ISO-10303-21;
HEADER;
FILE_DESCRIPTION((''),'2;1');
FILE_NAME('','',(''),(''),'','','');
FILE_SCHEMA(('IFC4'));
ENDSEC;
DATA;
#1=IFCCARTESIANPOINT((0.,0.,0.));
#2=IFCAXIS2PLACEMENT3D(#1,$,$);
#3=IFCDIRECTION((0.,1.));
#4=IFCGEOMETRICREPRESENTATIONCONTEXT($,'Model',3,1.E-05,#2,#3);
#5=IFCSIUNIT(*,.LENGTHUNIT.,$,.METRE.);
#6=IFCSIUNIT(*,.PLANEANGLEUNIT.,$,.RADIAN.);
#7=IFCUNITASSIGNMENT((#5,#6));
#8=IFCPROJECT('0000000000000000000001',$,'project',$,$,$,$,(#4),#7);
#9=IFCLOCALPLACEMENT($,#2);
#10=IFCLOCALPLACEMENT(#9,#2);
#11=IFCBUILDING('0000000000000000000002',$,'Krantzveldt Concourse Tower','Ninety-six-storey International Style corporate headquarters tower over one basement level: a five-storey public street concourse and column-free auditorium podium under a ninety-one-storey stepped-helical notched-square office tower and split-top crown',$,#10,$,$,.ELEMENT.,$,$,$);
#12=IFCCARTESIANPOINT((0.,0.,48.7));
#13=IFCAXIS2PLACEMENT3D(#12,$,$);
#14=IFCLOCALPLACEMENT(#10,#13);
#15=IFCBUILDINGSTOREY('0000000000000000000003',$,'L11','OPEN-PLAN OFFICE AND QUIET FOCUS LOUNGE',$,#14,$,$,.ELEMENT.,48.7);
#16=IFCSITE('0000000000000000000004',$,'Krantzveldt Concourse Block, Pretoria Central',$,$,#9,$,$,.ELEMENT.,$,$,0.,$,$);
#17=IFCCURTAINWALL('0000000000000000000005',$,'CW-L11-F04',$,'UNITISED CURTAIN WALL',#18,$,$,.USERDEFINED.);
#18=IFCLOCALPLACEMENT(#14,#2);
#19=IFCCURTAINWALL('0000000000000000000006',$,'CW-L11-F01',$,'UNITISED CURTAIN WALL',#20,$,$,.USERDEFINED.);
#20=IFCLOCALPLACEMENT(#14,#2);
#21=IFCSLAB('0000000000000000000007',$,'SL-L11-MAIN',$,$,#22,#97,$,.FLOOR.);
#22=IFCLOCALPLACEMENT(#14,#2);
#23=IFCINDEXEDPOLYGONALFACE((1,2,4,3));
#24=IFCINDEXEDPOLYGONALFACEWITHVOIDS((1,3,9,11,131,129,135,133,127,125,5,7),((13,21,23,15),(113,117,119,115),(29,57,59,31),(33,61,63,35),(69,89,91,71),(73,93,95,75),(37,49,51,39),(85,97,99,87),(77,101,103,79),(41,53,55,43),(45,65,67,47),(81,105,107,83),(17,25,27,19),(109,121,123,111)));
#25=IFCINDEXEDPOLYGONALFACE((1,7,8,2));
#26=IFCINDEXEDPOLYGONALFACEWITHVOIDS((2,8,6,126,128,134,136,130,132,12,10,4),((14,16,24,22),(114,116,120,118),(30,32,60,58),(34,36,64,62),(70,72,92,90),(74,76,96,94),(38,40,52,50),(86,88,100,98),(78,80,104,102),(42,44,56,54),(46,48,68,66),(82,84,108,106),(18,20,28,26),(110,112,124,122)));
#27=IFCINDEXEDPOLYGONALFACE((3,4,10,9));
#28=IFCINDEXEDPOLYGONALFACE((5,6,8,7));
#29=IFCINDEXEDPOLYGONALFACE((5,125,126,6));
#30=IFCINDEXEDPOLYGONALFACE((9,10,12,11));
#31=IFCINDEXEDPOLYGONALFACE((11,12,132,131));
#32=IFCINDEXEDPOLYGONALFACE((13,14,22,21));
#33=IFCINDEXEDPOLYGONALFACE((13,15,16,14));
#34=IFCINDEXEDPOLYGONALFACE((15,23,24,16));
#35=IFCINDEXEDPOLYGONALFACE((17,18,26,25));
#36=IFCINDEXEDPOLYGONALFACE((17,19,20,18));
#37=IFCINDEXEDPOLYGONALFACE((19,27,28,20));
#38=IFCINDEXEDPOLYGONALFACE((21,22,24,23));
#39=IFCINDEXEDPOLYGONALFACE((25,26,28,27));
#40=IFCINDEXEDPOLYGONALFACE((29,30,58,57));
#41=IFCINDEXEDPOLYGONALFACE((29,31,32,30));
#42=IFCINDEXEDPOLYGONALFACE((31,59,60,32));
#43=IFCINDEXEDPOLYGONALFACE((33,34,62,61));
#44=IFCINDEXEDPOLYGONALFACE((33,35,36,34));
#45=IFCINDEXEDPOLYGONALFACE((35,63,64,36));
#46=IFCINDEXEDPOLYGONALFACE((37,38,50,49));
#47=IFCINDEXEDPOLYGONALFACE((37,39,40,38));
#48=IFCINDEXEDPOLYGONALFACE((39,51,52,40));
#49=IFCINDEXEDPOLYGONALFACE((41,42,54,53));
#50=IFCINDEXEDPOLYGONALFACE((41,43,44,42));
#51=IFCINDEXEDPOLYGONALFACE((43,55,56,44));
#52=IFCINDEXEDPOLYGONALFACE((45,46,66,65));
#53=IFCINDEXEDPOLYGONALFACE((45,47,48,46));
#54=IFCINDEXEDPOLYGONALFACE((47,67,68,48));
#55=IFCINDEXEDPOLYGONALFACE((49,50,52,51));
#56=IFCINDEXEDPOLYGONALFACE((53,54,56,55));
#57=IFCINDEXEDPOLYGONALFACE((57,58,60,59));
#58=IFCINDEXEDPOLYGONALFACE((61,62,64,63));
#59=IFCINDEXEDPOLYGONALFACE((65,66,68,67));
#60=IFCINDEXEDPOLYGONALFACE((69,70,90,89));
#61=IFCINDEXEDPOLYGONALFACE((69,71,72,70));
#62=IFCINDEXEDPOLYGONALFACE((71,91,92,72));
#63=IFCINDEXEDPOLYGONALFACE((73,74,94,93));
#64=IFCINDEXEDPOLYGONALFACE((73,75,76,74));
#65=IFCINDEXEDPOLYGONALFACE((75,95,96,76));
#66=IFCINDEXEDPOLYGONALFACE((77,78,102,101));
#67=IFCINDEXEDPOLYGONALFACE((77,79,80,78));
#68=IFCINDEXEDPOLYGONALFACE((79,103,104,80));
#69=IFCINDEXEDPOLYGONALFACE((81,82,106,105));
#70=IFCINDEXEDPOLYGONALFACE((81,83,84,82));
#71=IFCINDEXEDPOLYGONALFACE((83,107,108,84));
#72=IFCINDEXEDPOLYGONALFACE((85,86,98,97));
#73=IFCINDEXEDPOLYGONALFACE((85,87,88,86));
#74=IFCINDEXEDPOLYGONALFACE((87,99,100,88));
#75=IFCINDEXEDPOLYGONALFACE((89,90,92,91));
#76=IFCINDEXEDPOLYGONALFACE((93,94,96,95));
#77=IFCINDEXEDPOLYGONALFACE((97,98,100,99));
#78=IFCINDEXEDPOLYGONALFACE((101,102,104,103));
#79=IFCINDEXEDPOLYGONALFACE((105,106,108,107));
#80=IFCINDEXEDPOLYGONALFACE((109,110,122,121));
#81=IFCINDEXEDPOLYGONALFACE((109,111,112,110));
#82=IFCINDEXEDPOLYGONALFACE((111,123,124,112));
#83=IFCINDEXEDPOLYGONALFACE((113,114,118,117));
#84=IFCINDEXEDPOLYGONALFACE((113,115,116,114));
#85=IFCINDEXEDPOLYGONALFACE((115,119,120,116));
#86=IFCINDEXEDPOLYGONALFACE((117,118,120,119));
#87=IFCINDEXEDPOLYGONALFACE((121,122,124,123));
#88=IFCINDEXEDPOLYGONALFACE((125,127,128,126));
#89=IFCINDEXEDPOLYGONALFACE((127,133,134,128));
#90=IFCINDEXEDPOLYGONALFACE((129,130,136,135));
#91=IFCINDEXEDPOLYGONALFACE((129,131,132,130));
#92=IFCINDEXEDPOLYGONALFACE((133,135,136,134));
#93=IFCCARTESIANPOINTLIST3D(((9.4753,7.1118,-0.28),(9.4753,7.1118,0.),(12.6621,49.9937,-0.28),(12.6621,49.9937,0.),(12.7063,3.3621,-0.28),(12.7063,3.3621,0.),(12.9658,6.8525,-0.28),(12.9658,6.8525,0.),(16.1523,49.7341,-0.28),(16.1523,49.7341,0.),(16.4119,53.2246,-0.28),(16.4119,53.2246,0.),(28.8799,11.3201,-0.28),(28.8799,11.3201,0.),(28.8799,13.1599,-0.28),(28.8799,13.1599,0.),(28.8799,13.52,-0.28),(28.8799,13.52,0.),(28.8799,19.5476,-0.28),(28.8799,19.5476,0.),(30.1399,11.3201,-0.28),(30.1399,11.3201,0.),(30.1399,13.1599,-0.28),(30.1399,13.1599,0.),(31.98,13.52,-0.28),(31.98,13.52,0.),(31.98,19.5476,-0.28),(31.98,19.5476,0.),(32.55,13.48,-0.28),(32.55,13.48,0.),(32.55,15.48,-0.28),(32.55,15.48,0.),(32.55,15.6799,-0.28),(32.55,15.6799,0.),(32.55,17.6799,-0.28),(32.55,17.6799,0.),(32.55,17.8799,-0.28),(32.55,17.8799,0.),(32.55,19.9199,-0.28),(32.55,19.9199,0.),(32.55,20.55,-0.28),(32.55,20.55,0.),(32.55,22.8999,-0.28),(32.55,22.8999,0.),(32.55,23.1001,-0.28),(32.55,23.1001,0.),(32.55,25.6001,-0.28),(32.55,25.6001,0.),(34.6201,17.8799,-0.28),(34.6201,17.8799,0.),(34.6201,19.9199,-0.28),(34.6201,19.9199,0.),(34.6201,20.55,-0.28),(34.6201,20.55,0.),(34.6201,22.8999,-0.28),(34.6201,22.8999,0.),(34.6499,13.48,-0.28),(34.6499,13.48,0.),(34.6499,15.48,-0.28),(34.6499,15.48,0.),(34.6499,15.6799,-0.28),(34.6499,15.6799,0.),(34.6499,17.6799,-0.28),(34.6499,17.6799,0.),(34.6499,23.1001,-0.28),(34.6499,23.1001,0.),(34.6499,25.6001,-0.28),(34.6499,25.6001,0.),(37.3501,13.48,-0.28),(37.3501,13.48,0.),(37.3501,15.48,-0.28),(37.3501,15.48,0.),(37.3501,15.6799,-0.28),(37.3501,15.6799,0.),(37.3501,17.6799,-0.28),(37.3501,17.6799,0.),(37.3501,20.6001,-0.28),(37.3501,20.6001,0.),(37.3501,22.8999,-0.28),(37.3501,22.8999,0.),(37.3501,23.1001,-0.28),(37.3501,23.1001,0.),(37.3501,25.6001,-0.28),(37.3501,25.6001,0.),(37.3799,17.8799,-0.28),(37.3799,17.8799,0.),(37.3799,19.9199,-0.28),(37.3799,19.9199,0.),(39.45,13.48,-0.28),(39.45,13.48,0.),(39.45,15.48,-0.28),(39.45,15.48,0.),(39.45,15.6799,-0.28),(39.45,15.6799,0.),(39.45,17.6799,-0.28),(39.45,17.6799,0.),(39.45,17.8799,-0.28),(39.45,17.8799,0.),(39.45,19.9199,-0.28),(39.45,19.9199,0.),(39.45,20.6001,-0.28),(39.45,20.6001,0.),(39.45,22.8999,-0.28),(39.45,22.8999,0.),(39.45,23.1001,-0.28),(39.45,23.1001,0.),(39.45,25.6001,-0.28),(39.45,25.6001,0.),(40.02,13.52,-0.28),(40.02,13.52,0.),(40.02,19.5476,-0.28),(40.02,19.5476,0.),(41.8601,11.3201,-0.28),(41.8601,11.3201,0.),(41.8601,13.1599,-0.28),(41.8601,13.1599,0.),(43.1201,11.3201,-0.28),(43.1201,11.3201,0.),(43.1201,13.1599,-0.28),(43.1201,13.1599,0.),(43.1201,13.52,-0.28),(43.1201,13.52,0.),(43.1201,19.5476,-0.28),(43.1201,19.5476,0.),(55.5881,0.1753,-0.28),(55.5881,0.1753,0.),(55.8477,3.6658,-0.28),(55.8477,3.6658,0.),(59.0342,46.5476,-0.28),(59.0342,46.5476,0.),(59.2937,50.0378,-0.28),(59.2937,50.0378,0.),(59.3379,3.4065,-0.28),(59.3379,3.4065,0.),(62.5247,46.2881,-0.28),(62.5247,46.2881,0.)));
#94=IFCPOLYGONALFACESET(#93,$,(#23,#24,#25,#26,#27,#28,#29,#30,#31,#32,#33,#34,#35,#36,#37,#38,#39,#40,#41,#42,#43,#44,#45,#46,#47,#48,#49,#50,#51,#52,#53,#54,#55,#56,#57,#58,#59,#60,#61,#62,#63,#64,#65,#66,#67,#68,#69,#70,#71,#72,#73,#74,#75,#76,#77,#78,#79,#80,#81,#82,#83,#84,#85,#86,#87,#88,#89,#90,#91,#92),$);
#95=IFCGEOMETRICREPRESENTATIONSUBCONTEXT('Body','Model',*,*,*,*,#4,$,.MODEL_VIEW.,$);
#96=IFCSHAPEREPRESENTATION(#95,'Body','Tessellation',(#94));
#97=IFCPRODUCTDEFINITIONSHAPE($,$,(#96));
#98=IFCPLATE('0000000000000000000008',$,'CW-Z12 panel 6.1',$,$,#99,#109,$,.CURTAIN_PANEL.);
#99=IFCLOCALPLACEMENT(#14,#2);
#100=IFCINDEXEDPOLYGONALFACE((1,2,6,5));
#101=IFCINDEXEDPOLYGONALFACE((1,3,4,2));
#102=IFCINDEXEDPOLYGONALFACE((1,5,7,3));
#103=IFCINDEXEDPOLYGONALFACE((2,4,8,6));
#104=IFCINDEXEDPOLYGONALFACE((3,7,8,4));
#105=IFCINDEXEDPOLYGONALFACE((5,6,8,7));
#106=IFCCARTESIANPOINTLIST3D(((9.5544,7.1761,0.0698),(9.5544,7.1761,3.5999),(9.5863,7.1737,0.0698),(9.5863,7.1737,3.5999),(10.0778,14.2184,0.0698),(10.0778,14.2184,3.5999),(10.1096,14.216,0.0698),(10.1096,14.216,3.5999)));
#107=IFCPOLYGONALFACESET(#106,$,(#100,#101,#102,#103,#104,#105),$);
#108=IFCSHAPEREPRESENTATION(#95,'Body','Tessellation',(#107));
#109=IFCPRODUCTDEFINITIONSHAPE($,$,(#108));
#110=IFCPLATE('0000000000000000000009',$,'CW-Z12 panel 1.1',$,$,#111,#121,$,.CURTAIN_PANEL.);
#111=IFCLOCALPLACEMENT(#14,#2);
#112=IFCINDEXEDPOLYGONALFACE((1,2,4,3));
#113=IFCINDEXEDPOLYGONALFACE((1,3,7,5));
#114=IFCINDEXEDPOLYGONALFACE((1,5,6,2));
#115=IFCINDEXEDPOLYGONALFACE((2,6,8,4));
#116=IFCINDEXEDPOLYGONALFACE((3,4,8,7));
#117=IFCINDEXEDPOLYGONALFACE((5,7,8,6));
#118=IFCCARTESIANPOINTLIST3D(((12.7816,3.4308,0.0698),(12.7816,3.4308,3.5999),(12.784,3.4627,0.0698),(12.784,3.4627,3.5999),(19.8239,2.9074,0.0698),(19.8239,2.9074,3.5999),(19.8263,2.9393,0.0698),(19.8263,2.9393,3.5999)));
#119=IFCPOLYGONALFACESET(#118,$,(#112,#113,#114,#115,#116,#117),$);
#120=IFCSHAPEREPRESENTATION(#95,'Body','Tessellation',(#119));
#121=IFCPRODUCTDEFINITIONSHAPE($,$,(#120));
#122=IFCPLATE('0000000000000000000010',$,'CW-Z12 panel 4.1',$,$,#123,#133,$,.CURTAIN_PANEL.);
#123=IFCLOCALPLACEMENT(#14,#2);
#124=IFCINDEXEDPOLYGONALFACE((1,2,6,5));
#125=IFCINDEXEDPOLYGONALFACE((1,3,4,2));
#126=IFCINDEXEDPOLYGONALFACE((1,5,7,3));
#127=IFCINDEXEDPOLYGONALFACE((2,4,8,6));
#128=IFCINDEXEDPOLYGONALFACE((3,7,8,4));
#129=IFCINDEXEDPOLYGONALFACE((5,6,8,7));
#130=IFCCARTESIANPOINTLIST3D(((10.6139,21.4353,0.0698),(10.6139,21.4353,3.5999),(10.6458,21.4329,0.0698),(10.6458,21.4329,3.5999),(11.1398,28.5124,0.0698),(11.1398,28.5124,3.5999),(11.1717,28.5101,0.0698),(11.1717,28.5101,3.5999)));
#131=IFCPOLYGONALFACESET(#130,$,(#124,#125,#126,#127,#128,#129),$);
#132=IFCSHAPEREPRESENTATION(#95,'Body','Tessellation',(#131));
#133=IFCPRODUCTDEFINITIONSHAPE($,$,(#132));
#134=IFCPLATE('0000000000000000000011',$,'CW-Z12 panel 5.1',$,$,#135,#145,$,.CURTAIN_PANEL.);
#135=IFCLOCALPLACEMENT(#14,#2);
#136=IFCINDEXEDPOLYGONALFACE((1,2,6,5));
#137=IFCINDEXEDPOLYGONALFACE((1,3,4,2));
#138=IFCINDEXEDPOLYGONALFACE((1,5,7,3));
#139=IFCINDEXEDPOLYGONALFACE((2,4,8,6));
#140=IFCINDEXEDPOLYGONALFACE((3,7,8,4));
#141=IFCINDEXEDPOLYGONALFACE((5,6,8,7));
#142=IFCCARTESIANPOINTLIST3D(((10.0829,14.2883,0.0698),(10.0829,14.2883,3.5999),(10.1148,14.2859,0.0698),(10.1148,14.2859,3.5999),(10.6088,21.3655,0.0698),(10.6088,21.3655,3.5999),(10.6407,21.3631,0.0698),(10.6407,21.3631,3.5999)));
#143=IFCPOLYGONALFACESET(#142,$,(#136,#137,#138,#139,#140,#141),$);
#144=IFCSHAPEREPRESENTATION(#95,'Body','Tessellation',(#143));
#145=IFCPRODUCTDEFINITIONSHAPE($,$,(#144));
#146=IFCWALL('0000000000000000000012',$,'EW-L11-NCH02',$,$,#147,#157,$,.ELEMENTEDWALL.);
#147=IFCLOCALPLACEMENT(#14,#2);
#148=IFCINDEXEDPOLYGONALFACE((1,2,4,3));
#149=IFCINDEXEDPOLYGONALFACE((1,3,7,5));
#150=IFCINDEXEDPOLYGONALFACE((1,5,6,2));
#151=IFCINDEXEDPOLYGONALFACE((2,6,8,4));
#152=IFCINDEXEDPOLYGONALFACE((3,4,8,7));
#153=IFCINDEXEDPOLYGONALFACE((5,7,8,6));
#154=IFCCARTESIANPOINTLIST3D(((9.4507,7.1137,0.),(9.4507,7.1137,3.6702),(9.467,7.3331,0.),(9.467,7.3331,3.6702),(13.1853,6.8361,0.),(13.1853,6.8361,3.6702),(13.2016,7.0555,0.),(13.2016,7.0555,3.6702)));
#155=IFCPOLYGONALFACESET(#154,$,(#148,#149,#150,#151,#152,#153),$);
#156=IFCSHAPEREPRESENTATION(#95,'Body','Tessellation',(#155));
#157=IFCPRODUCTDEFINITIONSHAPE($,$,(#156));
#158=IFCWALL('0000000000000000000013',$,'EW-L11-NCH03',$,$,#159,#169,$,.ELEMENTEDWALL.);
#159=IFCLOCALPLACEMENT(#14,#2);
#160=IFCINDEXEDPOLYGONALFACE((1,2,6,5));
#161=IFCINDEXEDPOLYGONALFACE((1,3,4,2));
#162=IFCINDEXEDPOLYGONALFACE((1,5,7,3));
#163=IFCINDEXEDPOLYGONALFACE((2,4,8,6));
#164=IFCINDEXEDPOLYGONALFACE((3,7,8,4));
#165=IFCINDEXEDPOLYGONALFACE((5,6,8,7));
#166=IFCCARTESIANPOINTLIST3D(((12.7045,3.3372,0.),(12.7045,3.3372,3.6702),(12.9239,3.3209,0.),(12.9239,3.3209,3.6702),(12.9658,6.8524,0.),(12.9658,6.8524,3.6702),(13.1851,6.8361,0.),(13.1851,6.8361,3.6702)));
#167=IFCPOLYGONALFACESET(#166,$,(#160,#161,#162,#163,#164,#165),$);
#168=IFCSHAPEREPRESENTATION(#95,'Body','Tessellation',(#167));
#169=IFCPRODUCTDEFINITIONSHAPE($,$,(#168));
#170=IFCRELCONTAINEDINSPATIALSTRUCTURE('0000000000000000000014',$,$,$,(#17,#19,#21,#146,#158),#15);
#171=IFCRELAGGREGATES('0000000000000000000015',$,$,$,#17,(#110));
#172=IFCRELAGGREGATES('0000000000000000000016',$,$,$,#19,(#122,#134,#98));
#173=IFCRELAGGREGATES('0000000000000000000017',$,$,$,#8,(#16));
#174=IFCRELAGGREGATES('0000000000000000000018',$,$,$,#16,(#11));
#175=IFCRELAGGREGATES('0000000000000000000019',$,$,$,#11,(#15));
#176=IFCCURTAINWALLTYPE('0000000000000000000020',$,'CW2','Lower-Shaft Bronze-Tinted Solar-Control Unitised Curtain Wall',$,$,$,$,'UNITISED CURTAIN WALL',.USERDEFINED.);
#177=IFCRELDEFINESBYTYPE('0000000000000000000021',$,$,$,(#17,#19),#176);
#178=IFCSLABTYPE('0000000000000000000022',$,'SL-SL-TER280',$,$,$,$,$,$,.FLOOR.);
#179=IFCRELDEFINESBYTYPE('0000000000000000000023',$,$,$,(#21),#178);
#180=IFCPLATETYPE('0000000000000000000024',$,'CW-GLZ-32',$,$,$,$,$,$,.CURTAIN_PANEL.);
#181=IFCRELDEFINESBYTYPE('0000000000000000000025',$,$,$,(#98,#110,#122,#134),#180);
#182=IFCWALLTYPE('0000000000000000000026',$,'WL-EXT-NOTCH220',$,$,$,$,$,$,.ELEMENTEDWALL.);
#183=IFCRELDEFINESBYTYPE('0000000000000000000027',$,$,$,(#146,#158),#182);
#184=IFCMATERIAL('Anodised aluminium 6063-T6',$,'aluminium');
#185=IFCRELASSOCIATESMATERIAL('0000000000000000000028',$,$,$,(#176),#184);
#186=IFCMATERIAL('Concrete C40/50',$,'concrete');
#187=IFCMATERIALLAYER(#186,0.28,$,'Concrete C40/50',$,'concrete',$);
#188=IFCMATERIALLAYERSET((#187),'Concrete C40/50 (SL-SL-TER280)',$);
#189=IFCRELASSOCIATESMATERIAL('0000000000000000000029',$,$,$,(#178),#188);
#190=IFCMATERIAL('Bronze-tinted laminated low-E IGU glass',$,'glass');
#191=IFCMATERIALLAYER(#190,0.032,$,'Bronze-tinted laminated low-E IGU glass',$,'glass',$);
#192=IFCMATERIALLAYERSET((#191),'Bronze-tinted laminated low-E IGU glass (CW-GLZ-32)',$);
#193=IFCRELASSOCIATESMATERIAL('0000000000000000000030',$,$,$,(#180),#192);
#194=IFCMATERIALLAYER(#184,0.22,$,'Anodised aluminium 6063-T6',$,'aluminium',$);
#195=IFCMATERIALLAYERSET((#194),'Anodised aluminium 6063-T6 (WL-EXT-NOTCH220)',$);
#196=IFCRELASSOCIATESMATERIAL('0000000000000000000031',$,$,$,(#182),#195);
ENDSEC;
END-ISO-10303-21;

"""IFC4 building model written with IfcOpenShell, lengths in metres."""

from ifc_helpers import new_model, si_unit, direction, frame, frame_2d, origin, origin_2d, place, context, subcontext, project, spatial, polyline, rectangle, outline, extrude, source, transform, mapped, material, layer, layer_set, type_object, type_shapes, element, aggregate, save


model = new_model("IFC4")

# Units and contexts
model_context = context("Model", 3, precision=1e-05, world=origin(), true_north=direction((0.0, 1.0)))
body_context = subcontext(model_context, "Body", "Model", "MODEL_VIEW")
ifc_project = project(units=[si_unit("LENGTHUNIT", "METRE"), si_unit("PLANEANGLEUNIT", "RADIAN")], contexts=[model_context])

# Site, building, storey
site_placement = place(None, origin())
site = spatial("IfcSite", under=ifc_project, at=site_placement, Name="Krantzveldt Concourse Block, Pretoria Central", CompositionType="ELEMENT", RefElevation=0.0)
building_placement = place(site_placement, origin())
building = spatial("IfcBuilding", under=site, at=building_placement, Name="Krantzveldt Concourse Tower", Description="Ninety-six-storey International Style corporate headquarters tower over one basement level: a five-storey public street concourse and column-free auditorium podium under a ninety-one-storey stepped-helical notched-square office tower and split-top crown", CompositionType="ELEMENT")
storey_placement = place(building_placement, frame((0.0, 0.0, 48.7)))
storey = spatial("IfcBuildingStorey", under=building, at=storey_placement, Name="L11", Description="OPEN-PLAN OFFICE AND QUIET FOCUS LOUNGE", CompositionType="ELEMENT", Elevation=48.7)

# Curtain walls
ifc_material_1 = material(Name="Anodised aluminium 6063-T6", Category="aluminium")
curtain_wall_type = type_object("IfcCurtainWallType", Name="CW2", Description="Lower-Shaft Bronze-Tinted Solar-Control Unitised Curtain Wall", ElementType="UNITISED CURTAIN WALL", PredefinedType="USERDEFINED", material=ifc_material_1)
curtain_wall_1_placement = place(storey_placement, origin())
curtain_wall_1 = element("IfcCurtainWall", 1, at=curtain_wall_1_placement, inside=storey, type_object=curtain_wall_type, Name="CW-L11-F04", ObjectType="UNITISED CURTAIN WALL", PredefinedType="USERDEFINED")
curtain_wall_2_placement = place(storey_placement, origin())
curtain_wall_2 = element("IfcCurtainWall", 2, at=curtain_wall_2_placement, inside=storey, type_object=curtain_wall_type, Name="CW-L11-F01", ObjectType="UNITISED CURTAIN WALL", PredefinedType="USERDEFINED")

# Slab
ifc_material_2 = material(Name="Concrete C40/50", Category="concrete")
ifc_layer_1 = layer(ifc_material_2, 0.28, Name="Concrete C40/50", Category="concrete")
ifc_layer_set_1 = layer_set([ifc_layer_1], Name="Concrete C40/50 (SL-SL-TER280)")
slab_type_1 = type_object("IfcSlabType", Name="SL-SL-TER280", PredefinedType="FLOOR", material=ifc_layer_set_1)
slab_1_placement = place(storey_placement, frame((0.0, 0.0, -0.28)))
element("IfcSlab", 3, at=slab_1_placement, inside=storey, type_object=slab_type_1, Name="SL-L11-MAIN", PredefinedType="FLOOR", context=body_context, shape_type="SweptSolid", body=[
    extrude(outline(polyline([(16.1523, 49.7341), (12.6621, 49.9937), (9.4753, 7.1118), (12.9658, 6.8525), (12.7063, 3.3621), (55.5881, 0.1753), (55.8477, 3.6658), (59.3379, 3.4065), (62.5247, 46.2881), (59.0342, 46.5476), (59.2937, 50.0378), (16.4119, 53.2246), (16.1523, 49.7341)]), holes=[polyline([(28.8799, 19.5476), (28.8799, 13.52), (31.98, 13.52), (31.98, 19.5476), (28.8799, 19.5476)]), polyline([(40.02, 19.5476), (40.02, 13.52), (43.1201, 13.52), (43.1201, 19.5476), (40.02, 19.5476)]), polyline([(32.55, 23.1001), (34.6499, 23.1001), (34.6499, 25.6001), (32.55, 25.6001), (32.55, 23.1001)]), polyline([(37.3501, 23.1001), (39.45, 23.1001), (39.45, 25.6001), (37.3501, 25.6001), (37.3501, 23.1001)]), polyline([(37.3501, 20.6001), (39.45, 20.6001), (39.45, 22.8999), (37.3501, 22.8999), (37.3501, 20.6001)]), polyline([(32.55, 13.48), (34.6499, 13.48), (34.6499, 15.48), (32.55, 15.48), (32.55, 13.48)]), polyline([(32.55, 15.6799), (34.6499, 15.6799), (34.6499, 17.6799), (32.55, 17.6799), (32.55, 15.6799)]), polyline([(37.3501, 13.48), (39.45, 13.48), (39.45, 15.48), (37.3501, 15.48), (37.3501, 13.48)]), polyline([(37.3501, 15.6799), (39.45, 15.6799), (39.45, 17.6799), (37.3501, 17.6799), (37.3501, 15.6799)]), polyline([(32.55, 20.55), (34.6201, 20.55), (34.6201, 22.8999), (32.55, 22.8999), (32.55, 20.55)]), polyline([(32.55, 17.8799), (34.6201, 17.8799), (34.6201, 19.9199), (32.55, 19.9199), (32.55, 17.8799)]), polyline([(37.3799, 17.8799), (39.45, 17.8799), (39.45, 19.9199), (37.3799, 19.9199), (37.3799, 17.8799)]), polyline([(28.8799, 11.3201), (30.1399, 11.3201), (30.1399, 13.1599), (28.8799, 13.1599), (28.8799, 11.3201)]), polyline([(41.8601, 11.3201), (43.1201, 11.3201), (43.1201, 13.1599), (41.8601, 13.1599), (41.8601, 11.3201)])]), origin(), (0.0, 0.0, 1.0), 0.28),
])

# Plates
ifc_material_3 = material(Name="Bronze-tinted laminated low-E IGU glass", Category="glass")
ifc_layer_2 = layer(ifc_material_3, 0.032, Name="Bronze-tinted laminated low-E IGU glass", Category="glass")
ifc_layer_set_2 = layer_set([ifc_layer_2], Name="Bronze-tinted laminated low-E IGU glass (CW-GLZ-32)")
plate_type = type_object("IfcPlateType", Name="CW-GLZ-32", PredefinedType="CURTAIN_PANEL", material=ifc_layer_set_2)
shared_shape_1 = source(origin(), body_context, "Body", "SweptSolid", [
    extrude(rectangle(XDim=7.0618, YDim=0.032, at=origin_2d()), origin(), (0.0, 0.0, 1.0), 3.53),
])
plate_1_placement = place(storey_placement, frame((9.832, 10.696, 0.0698), z_axis=(0.0, 0.0, 1.0), x_axis=(-0.074109, -0.99725, 0.0)))
plate_1 = element("IfcPlate", 4, at=plate_1_placement, type_object=plate_type, Name="CW-Z12 panel 6.1", PredefinedType="CURTAIN_PANEL", context=body_context, shape_type="MappedRepresentation", body=[
    mapped(shared_shape_1, transform((0.0, 0.0, 0.0), x_axis=(1.0, 0.0, 0.0), y_axis=(0.0, 1.0, 0.0), z_axis=(0.0, 0.0, 1.0), scale=1.0)),
])
plate_2_placement = place(storey_placement, frame((16.304, 3.1851, 0.0698), z_axis=(0.0, 0.0, 1.0), x_axis=(0.99725, -0.074109, 0.0)))
plate_2 = element("IfcPlate", 5, at=plate_2_placement, type_object=plate_type, Name="CW-Z12 panel 1.1", PredefinedType="CURTAIN_PANEL", context=body_context, shape_type="MappedRepresentation", body=[
    mapped(shared_shape_1, transform((0.0, 0.0, 0.0), x_axis=(1.0, 0.0, 0.0), y_axis=(0.0, 1.0, 0.0), z_axis=(0.0, 0.0, 1.0), scale=1.0)),
])
aggregate(curtain_wall_1, [plate_2])
shared_shape_2 = source(origin(), body_context, "Body", "SweptSolid", [
    extrude(rectangle(XDim=7.0967, YDim=0.032, at=origin_2d()), origin(), (0.0, 0.0, 1.0), 3.53),
])
type_shapes(plate_type, [shared_shape_1, shared_shape_2])
plate_3_placement = place(storey_placement, frame((10.8928, 24.9727, 0.0698), z_axis=(0.0, 0.0, 1.0), x_axis=(-0.074109, -0.99725, 0.0)))
plate_3 = element("IfcPlate", 6, at=plate_3_placement, type_object=plate_type, Name="CW-Z12 panel 4.1", PredefinedType="CURTAIN_PANEL", context=body_context, shape_type="MappedRepresentation", body=[
    mapped(shared_shape_2, transform((0.0, 0.0, 0.0), x_axis=(1.0, 0.0, 0.0), y_axis=(0.0, 1.0, 0.0), z_axis=(0.0, 0.0, 1.0), scale=1.0)),
])
plate_4_placement = place(storey_placement, frame((10.3618, 17.8257, 0.0698), z_axis=(0.0, 0.0, 1.0), x_axis=(-0.074109, -0.99725, 0.0)))
plate_4 = element("IfcPlate", 7, at=plate_4_placement, type_object=plate_type, Name="CW-Z12 panel 5.1", PredefinedType="CURTAIN_PANEL", context=body_context, shape_type="MappedRepresentation", body=[
    mapped(shared_shape_2, transform((0.0, 0.0, 0.0), x_axis=(1.0, 0.0, 0.0), y_axis=(0.0, 1.0, 0.0), z_axis=(0.0, 0.0, 1.0), scale=1.0)),
])
aggregate(curtain_wall_2, [plate_3, plate_4, plate_1])

# Walls
ifc_layer_3 = layer(ifc_material_1, 0.22, Name="Anodised aluminium 6063-T6", Category="aluminium")
ifc_layer_set_3 = layer_set([ifc_layer_3], Name="Anodised aluminium 6063-T6 (WL-EXT-NOTCH220)")
wall_type_1 = type_object("IfcWallType", Name="WL-EXT-NOTCH220", PredefinedType="ELEMENTEDWALL", material=ifc_layer_set_3)
wall_1_placement = place(storey_placement, frame((9.4587, 7.2234, 0.0), z_axis=(0.0, 0.0, 1.0), x_axis=(0.997249, -0.074124, 0.0)))
element("IfcWall", 8, at=wall_1_placement, inside=storey, type_object=wall_type_1, Name="EW-L11-NCH02", PredefinedType="ELEMENTEDWALL", context=body_context, shape_type="SweptSolid", body=[
    extrude(rectangle(XDim=3.7449, YDim=0.22, at=frame_2d((1.8726, 0.0))), origin(), (0.0, 0.0, 1.0), 3.6702),
])
wall_2_placement = place(storey_placement, frame((13.0754, 6.8442, 0.0), z_axis=(0.0, 0.0, 1.0), x_axis=(-0.074112, -0.99725, 0.0)))
element("IfcWall", 9, at=wall_2_placement, inside=storey, type_object=wall_type_1, Name="EW-L11-NCH03", PredefinedType="ELEMENTEDWALL", context=body_context, shape_type="SweptSolid", body=[
    extrude(rectangle(XDim=3.5249, YDim=0.22, at=frame_2d((1.7625, 0.0))), origin(), (0.0, 0.0, 1.0), 3.6702),
])

save(model, "model.ifc")
